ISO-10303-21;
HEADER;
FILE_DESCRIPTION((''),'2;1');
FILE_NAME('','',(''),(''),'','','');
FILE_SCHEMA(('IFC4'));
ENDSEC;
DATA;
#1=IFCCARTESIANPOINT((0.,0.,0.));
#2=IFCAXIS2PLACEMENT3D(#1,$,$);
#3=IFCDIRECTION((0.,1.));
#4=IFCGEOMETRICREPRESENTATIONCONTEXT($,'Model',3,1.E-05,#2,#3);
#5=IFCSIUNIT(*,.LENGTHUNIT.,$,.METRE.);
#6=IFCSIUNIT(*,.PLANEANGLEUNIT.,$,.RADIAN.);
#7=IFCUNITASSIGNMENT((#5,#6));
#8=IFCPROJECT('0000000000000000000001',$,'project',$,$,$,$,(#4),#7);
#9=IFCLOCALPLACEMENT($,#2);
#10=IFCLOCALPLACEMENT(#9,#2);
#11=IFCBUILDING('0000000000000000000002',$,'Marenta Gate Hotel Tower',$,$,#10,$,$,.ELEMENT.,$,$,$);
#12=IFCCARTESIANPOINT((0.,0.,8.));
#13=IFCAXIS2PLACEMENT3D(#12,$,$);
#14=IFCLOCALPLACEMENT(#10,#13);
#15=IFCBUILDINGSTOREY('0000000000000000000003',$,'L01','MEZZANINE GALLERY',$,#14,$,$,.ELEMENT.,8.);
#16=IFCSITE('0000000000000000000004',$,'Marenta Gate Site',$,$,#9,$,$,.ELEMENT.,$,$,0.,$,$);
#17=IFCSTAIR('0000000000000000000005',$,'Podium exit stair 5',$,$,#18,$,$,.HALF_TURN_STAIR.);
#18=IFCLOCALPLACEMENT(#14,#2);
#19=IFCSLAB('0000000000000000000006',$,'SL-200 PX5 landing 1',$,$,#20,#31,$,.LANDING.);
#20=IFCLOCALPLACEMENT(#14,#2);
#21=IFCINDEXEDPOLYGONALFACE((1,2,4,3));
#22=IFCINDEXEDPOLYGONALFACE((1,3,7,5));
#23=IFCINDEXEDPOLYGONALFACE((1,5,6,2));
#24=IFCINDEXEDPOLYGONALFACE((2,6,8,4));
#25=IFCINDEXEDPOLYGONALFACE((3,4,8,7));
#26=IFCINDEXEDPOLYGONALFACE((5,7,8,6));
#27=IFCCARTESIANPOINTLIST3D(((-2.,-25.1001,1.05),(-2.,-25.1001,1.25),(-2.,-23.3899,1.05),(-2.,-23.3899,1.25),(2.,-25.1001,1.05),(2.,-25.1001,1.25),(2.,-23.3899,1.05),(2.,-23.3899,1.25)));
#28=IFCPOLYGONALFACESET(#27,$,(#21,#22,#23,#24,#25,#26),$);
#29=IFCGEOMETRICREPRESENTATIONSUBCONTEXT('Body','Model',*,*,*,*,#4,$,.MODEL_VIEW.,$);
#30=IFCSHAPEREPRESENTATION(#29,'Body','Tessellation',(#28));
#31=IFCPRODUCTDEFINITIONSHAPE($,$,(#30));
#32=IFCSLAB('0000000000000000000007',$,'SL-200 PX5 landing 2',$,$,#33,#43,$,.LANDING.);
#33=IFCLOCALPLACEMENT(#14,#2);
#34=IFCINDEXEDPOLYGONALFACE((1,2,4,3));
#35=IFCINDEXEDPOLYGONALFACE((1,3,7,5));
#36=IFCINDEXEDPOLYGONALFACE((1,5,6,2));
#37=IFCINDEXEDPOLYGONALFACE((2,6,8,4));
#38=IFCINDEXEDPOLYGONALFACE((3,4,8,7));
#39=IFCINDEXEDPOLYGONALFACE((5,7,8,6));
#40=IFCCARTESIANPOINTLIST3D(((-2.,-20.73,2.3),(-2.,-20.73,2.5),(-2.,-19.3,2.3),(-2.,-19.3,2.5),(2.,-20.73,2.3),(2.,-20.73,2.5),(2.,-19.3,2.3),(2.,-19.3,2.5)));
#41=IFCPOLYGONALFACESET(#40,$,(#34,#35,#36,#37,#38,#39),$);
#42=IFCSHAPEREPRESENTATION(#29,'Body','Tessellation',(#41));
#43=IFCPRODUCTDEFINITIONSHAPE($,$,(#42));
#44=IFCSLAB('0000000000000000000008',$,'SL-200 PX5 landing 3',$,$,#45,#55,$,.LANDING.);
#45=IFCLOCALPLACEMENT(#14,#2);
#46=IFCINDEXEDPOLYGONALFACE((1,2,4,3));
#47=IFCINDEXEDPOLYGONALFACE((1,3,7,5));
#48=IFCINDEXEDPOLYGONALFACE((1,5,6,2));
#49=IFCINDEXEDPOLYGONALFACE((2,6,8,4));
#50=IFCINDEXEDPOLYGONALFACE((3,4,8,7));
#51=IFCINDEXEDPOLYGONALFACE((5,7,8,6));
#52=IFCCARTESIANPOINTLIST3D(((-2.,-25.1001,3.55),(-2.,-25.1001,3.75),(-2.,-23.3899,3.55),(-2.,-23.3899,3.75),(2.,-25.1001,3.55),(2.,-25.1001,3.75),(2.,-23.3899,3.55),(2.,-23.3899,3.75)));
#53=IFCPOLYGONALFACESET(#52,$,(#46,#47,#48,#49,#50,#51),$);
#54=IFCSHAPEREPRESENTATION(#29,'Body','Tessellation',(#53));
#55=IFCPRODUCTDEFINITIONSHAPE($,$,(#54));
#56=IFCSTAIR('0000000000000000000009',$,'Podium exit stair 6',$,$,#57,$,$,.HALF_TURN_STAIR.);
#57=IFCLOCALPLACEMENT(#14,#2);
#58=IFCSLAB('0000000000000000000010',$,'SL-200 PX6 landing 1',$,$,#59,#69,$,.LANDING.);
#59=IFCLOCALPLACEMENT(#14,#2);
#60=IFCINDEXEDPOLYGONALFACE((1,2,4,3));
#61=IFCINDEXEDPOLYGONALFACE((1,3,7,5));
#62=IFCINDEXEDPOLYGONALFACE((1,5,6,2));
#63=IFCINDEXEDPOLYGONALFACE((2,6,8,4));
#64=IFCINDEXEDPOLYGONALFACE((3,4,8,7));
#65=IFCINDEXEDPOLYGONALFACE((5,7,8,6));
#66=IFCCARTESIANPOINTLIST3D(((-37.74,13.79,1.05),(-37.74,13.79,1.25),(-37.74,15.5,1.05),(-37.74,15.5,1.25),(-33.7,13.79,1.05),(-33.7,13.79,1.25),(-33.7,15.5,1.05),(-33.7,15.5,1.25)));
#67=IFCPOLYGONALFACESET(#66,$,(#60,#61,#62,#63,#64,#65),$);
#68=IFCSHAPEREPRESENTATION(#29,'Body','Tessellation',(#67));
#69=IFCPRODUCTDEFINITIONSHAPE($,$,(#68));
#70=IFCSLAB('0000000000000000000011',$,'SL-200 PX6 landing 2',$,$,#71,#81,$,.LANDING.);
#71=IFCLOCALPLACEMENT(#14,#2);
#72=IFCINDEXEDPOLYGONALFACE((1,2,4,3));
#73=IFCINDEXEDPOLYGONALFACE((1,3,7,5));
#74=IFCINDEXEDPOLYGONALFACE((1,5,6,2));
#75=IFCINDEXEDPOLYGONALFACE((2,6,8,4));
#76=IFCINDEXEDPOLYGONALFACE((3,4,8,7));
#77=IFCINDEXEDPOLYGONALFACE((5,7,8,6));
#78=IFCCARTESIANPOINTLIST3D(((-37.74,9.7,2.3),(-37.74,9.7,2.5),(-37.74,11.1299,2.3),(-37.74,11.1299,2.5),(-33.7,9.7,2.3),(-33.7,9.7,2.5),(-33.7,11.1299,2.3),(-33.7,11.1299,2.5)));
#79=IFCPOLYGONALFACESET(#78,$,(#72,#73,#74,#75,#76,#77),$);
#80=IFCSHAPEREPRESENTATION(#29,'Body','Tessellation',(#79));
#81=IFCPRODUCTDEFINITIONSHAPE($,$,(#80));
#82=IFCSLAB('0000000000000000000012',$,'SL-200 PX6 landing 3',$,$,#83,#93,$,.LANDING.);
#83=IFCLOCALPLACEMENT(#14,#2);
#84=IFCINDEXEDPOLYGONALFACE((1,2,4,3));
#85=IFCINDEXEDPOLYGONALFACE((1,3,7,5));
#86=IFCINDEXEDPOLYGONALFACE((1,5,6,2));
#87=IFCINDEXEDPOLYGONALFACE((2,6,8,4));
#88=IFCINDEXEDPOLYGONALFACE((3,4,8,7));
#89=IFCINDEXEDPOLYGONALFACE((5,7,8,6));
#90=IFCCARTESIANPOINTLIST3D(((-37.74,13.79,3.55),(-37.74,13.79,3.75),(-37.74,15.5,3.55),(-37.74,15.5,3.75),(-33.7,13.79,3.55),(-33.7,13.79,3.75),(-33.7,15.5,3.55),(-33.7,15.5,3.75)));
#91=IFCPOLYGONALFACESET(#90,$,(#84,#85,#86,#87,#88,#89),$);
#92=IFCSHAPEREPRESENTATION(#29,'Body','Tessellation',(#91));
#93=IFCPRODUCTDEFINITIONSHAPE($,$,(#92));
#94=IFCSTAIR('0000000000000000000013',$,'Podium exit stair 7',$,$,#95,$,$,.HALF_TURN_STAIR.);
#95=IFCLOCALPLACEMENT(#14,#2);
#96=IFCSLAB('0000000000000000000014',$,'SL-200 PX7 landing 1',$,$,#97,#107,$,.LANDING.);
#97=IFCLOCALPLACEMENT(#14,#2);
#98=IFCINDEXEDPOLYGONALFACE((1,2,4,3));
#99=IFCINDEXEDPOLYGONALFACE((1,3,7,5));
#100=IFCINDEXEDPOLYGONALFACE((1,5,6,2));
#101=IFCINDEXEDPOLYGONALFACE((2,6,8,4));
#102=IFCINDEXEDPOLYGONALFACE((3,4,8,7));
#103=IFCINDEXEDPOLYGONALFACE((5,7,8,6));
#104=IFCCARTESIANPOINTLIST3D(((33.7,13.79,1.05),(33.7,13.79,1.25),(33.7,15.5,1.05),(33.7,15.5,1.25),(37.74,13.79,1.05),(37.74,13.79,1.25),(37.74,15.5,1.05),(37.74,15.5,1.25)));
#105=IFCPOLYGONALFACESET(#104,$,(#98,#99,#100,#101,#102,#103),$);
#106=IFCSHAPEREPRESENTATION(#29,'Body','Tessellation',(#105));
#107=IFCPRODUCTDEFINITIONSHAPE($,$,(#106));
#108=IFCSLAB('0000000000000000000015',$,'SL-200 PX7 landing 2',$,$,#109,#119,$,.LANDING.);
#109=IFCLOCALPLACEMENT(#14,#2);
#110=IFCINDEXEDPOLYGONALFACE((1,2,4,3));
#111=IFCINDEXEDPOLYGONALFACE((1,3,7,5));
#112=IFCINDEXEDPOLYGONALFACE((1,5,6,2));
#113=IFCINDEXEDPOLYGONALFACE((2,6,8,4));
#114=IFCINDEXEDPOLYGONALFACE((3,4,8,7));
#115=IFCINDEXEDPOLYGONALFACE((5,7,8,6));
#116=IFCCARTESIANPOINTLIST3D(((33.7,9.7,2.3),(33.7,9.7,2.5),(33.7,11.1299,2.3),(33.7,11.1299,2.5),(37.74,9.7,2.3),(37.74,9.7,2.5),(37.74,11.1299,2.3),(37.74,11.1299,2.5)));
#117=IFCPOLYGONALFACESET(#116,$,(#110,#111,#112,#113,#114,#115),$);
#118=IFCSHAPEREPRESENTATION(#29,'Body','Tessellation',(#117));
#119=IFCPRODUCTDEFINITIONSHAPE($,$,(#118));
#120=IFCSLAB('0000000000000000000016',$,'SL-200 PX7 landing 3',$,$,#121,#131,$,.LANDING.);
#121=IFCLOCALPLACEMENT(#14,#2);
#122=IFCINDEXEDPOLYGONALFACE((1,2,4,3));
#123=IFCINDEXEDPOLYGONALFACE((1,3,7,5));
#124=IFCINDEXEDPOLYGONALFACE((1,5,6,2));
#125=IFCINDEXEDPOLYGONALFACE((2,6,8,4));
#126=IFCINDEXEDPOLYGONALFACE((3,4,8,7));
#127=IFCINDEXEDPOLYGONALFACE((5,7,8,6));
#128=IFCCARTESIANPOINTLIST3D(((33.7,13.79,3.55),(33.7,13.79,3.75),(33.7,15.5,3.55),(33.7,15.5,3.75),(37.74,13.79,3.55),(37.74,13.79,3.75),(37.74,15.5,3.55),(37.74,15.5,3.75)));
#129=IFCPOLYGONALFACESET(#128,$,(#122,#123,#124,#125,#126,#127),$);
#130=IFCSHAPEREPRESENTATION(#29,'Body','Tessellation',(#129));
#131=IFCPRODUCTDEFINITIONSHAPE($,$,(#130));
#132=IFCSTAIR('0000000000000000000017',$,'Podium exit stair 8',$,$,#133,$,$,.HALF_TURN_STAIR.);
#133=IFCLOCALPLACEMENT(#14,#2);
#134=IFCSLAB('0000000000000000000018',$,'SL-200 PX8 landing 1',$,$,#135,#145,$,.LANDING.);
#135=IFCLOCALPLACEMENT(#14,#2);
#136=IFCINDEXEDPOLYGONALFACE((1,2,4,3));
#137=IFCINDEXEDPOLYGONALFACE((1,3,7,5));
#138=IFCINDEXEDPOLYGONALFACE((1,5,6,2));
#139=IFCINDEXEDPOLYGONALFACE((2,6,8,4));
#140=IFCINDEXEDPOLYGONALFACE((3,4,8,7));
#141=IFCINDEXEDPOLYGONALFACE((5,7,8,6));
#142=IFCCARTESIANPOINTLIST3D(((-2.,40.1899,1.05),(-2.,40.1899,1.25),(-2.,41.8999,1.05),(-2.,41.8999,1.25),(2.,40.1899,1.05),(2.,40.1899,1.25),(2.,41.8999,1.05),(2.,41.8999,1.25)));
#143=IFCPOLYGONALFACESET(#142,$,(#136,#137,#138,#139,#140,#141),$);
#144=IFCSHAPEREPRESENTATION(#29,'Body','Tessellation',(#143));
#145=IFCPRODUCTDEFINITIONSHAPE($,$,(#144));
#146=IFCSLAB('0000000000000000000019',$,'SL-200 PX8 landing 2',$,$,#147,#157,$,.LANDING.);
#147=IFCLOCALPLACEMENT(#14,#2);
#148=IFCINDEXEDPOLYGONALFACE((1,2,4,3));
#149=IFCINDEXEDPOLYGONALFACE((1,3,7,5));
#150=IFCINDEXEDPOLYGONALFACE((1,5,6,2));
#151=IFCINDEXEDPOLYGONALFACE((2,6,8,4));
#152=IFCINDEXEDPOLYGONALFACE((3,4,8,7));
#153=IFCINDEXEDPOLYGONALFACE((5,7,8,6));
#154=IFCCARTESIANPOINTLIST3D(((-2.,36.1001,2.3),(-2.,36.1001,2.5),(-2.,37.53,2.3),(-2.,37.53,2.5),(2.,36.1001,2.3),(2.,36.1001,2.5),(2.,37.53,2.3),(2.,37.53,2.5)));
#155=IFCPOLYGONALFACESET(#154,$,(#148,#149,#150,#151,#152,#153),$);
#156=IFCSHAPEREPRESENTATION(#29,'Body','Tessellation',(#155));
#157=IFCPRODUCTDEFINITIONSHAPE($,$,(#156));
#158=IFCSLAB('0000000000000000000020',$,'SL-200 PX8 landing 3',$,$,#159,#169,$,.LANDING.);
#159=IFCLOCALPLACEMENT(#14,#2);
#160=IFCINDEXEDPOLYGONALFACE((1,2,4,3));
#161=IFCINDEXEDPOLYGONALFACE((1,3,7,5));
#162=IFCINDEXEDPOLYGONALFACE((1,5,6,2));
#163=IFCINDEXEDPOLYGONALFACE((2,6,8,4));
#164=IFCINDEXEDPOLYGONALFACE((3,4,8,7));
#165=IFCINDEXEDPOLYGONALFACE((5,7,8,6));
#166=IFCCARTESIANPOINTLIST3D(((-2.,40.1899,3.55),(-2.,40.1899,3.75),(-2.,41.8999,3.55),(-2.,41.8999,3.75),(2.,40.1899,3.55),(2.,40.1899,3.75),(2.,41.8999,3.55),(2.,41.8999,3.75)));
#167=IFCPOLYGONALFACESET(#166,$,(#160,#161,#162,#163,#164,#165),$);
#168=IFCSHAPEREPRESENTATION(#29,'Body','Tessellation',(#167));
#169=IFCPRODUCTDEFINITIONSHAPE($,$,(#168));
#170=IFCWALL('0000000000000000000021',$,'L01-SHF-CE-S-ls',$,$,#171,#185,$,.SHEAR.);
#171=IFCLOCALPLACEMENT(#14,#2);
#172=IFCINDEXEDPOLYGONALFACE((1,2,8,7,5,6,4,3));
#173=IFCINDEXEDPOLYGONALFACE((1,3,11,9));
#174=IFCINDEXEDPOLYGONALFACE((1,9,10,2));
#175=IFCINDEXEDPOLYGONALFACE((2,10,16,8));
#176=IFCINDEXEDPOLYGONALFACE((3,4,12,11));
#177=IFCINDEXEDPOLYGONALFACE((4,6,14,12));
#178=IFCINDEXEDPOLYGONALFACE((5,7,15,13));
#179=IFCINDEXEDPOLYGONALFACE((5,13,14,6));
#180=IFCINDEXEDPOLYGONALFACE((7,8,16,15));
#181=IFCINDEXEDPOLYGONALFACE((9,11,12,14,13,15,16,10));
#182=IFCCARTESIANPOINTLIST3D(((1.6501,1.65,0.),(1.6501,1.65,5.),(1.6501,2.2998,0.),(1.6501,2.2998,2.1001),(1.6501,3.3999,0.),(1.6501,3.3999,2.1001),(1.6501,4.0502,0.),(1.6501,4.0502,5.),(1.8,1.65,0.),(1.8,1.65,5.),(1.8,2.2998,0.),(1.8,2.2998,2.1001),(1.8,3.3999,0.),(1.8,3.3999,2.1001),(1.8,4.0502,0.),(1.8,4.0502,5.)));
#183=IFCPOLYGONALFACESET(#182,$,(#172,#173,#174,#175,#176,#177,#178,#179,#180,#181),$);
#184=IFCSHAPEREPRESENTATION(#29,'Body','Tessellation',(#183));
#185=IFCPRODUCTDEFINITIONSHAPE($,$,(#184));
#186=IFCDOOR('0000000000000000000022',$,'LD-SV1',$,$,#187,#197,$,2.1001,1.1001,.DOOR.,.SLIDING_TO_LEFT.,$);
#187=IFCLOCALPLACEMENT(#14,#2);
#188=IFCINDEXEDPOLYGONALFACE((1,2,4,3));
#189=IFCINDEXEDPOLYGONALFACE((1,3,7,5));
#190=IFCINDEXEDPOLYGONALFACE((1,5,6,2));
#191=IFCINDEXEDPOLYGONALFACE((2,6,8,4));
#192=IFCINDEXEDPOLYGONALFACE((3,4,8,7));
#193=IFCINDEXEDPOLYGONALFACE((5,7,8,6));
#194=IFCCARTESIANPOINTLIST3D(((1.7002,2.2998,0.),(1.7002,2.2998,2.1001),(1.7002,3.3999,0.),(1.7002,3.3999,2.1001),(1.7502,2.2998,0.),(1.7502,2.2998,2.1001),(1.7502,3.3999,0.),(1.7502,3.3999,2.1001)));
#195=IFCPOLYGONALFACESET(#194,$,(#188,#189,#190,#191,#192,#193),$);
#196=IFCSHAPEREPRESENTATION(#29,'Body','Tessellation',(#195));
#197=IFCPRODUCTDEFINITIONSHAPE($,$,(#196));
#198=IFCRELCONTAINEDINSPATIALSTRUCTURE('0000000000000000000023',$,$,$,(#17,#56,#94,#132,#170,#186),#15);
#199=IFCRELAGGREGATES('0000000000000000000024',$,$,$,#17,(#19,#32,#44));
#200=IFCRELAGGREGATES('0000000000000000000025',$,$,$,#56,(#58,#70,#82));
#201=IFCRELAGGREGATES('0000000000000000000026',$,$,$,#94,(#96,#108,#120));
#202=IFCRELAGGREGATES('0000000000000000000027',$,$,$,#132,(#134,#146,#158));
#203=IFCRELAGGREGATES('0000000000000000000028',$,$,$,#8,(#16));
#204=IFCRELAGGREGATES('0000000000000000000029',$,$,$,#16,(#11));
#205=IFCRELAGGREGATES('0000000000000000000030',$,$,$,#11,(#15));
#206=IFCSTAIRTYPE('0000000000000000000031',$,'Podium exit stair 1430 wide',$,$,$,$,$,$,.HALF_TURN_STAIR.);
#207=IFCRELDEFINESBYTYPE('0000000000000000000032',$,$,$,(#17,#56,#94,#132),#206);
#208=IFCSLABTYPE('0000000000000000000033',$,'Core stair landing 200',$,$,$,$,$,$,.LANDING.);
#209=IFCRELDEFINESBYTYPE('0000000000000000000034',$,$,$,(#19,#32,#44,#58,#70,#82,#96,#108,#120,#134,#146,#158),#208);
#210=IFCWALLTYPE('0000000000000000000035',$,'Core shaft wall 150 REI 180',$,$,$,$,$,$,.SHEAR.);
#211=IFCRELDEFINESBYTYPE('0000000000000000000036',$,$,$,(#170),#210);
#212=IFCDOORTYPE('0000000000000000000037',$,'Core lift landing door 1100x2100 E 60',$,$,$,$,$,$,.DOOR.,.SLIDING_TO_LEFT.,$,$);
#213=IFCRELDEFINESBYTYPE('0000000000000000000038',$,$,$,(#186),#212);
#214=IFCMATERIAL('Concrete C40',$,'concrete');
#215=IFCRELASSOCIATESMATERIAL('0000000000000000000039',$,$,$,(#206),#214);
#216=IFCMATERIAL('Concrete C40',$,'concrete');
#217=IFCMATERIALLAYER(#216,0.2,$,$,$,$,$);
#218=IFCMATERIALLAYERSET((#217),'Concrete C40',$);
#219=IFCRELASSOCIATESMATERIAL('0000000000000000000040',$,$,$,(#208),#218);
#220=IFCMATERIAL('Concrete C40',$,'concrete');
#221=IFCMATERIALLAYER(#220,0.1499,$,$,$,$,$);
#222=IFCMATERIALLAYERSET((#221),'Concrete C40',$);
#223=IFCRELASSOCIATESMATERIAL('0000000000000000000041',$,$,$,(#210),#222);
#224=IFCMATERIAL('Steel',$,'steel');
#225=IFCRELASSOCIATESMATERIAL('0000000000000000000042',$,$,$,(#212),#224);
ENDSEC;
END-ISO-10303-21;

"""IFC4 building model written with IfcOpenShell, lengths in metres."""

from ifc_helpers import new_model, si_unit, direction, frame, frame_2d, origin, place, context, subcontext, project, spatial, polyline, rectangle, outline, extrude, material, layer, layer_set, type_object, element, fill, aggregate, save


model = new_model("IFC4")

# Units and contexts
model_context = context("Model", 3, precision=1e-05, world=origin(), true_north=direction((0.0, 1.0)))
body_context = subcontext(model_context, "Body", "Model", "MODEL_VIEW")
ifc_project = project(units=[si_unit("LENGTHUNIT", "METRE"), si_unit("PLANEANGLEUNIT", "RADIAN")], contexts=[model_context])

# Site, building, storey
site_placement = place(None, origin())
site = spatial("IfcSite", under=ifc_project, at=site_placement, Name="Marenta Gate Site", CompositionType="ELEMENT", RefElevation=0.0)
building_placement = place(site_placement, origin())
building = spatial("IfcBuilding", under=site, at=building_placement, Name="Marenta Gate Hotel Tower", CompositionType="ELEMENT")
storey_placement = place(building_placement, frame((0.0, 0.0, 8.0)))
storey = spatial("IfcBuildingStorey", under=building, at=storey_placement, Name="L01", Description="MEZZANINE GALLERY", CompositionType="ELEMENT", Elevation=8.0)

# Stairs, slabs
ifc_material_1 = material(Name="Concrete C40", Category="concrete")
stair_type_1 = type_object("IfcStairType", Name="Podium exit stair 1430 wide", PredefinedType="HALF_TURN_STAIR", material=ifc_material_1)
stair_1_placement = place(storey_placement, origin())
stair_1 = element("IfcStair", 1, at=stair_1_placement, inside=storey, type_object=stair_type_1, Name="Podium exit stair 5", PredefinedType="HALF_TURN_STAIR")
ifc_material_2 = material(Name="Concrete C40", Category="concrete")
ifc_layer_1 = layer(ifc_material_2, 0.2)
ifc_layer_set_1 = layer_set([ifc_layer_1], Name="Concrete C40")
slab_type = type_object("IfcSlabType", Name="Core stair landing 200", PredefinedType="LANDING", material=ifc_layer_set_1)
slab_1_placement = place(storey_placement, frame((0.0, 0.0, 1.05)))
slab_1 = element("IfcSlab", 2, at=slab_1_placement, type_object=slab_type, Name="SL-200 PX5 landing 1", PredefinedType="LANDING", context=body_context, shape_type="SweptSolid", body=[
    extrude(outline(polyline([(-2.0, -25.1001), (2.0, -25.1001), (2.0, -23.3899), (-2.0, -23.3899), (-2.0, -25.1001)])), origin(), (0.0, 0.0, 1.0), 0.2),
])
slab_2_placement = place(storey_placement, frame((0.0, 0.0, 2.3)))
slab_2 = element("IfcSlab", 3, at=slab_2_placement, type_object=slab_type, Name="SL-200 PX5 landing 2", PredefinedType="LANDING", context=body_context, shape_type="SweptSolid", body=[
    extrude(outline(polyline([(-2.0, -20.73), (2.0, -20.73), (2.0, -19.3), (-2.0, -19.3), (-2.0, -20.73)])), origin(), (0.0, 0.0, 1.0), 0.2),
])
slab_3_placement = place(storey_placement, frame((0.0, 0.0, 3.55)))
slab_3 = element("IfcSlab", 4, at=slab_3_placement, type_object=slab_type, Name="SL-200 PX5 landing 3", PredefinedType="LANDING", context=body_context, shape_type="SweptSolid", body=[
    extrude(outline(polyline([(-2.0, -25.1001), (2.0, -25.1001), (2.0, -23.3899), (-2.0, -23.3899), (-2.0, -25.1001)])), origin(), (0.0, 0.0, 1.0), 0.2),
])
aggregate(stair_1, [slab_1, slab_2, slab_3])
stair_2_placement = place(storey_placement, origin())
stair_2 = element("IfcStair", 5, at=stair_2_placement, inside=storey, type_object=stair_type_1, Name="Podium exit stair 6", PredefinedType="HALF_TURN_STAIR")
slab_4_placement = place(storey_placement, frame((0.0, 0.0, 1.05)))
slab_4 = element("IfcSlab", 6, at=slab_4_placement, type_object=slab_type, Name="SL-200 PX6 landing 1", PredefinedType="LANDING", context=body_context, shape_type="SweptSolid", body=[
    extrude(outline(polyline([(-37.74, 13.79), (-33.7, 13.79), (-33.7, 15.5), (-37.74, 15.5), (-37.74, 13.79)])), origin(), (0.0, 0.0, 1.0), 0.2),
])
slab_5_placement = place(storey_placement, frame((0.0, 0.0, 2.3)))
slab_5 = element("IfcSlab", 7, at=slab_5_placement, type_object=slab_type, Name="SL-200 PX6 landing 2", PredefinedType="LANDING", context=body_context, shape_type="SweptSolid", body=[
    extrude(outline(polyline([(-37.74, 9.7), (-33.7, 9.7), (-33.7, 11.1299), (-37.74, 11.1299), (-37.74, 9.7)])), origin(), (0.0, 0.0, 1.0), 0.2),
])
slab_6_placement = place(storey_placement, frame((0.0, 0.0, 3.55)))
slab_6 = element("IfcSlab", 8, at=slab_6_placement, type_object=slab_type, Name="SL-200 PX6 landing 3", PredefinedType="LANDING", context=body_context, shape_type="SweptSolid", body=[
    extrude(outline(polyline([(-37.74, 13.79), (-33.7, 13.79), (-33.7, 15.5), (-37.74, 15.5), (-37.74, 13.79)])), origin(), (0.0, 0.0, 1.0), 0.2),
])
aggregate(stair_2, [slab_4, slab_5, slab_6])
stair_3_placement = place(storey_placement, origin())
stair_3 = element("IfcStair", 9, at=stair_3_placement, inside=storey, type_object=stair_type_1, Name="Podium exit stair 7", PredefinedType="HALF_TURN_STAIR")
slab_7_placement = place(storey_placement, frame((0.0, 0.0, 1.05)))
slab_7 = element("IfcSlab", 10, at=slab_7_placement, type_object=slab_type, Name="SL-200 PX7 landing 1", PredefinedType="LANDING", context=body_context, shape_type="SweptSolid", body=[
    extrude(outline(polyline([(33.7, 13.79), (37.74, 13.79), (37.74, 15.5), (33.7, 15.5), (33.7, 13.79)])), origin(), (0.0, 0.0, 1.0), 0.2),
])
slab_8_placement = place(storey_placement, frame((0.0, 0.0, 2.3)))
slab_8 = element("IfcSlab", 11, at=slab_8_placement, type_object=slab_type, Name="SL-200 PX7 landing 2", PredefinedType="LANDING", context=body_context, shape_type="SweptSolid", body=[
    extrude(outline(polyline([(33.7, 9.7), (37.74, 9.7), (37.74, 11.1299), (33.7, 11.1299), (33.7, 9.7)])), origin(), (0.0, 0.0, 1.0), 0.2),
])
slab_9_placement = place(storey_placement, frame((0.0, 0.0, 3.55)))
slab_9 = element("IfcSlab", 12, at=slab_9_placement, type_object=slab_type, Name="SL-200 PX7 landing 3", PredefinedType="LANDING", context=body_context, shape_type="SweptSolid", body=[
    extrude(outline(polyline([(33.7, 13.79), (37.74, 13.79), (37.74, 15.5), (33.7, 15.5), (33.7, 13.79)])), origin(), (0.0, 0.0, 1.0), 0.2),
])
aggregate(stair_3, [slab_7, slab_8, slab_9])
stair_4_placement = place(storey_placement, origin())
stair_4 = element("IfcStair", 13, at=stair_4_placement, inside=storey, type_object=stair_type_1, Name="Podium exit stair 8", PredefinedType="HALF_TURN_STAIR")
slab_10_placement = place(storey_placement, frame((0.0, 0.0, 1.05)))
slab_10 = element("IfcSlab", 14, at=slab_10_placement, type_object=slab_type, Name="SL-200 PX8 landing 1", PredefinedType="LANDING", context=body_context, shape_type="SweptSolid", body=[
    extrude(outline(polyline([(-2.0, 40.1899), (2.0, 40.1899), (2.0, 41.8999), (-2.0, 41.8999), (-2.0, 40.1899)])), origin(), (0.0, 0.0, 1.0), 0.2),
])
slab_11_placement = place(storey_placement, frame((0.0, 0.0, 2.3)))
slab_11 = element("IfcSlab", 15, at=slab_11_placement, type_object=slab_type, Name="SL-200 PX8 landing 2", PredefinedType="LANDING", context=body_context, shape_type="SweptSolid", body=[
    extrude(outline(polyline([(-2.0, 36.1001), (2.0, 36.1001), (2.0, 37.53), (-2.0, 37.53), (-2.0, 36.1001)])), origin(), (0.0, 0.0, 1.0), 0.2),
])
slab_12_placement = place(storey_placement, frame((0.0, 0.0, 3.55)))
slab_12 = element("IfcSlab", 16, at=slab_12_placement, type_object=slab_type, Name="SL-200 PX8 landing 3", PredefinedType="LANDING", context=body_context, shape_type="SweptSolid", body=[
    extrude(outline(polyline([(-2.0, 40.1899), (2.0, 40.1899), (2.0, 41.8999), (-2.0, 41.8999), (-2.0, 40.1899)])), origin(), (0.0, 0.0, 1.0), 0.2),
])
aggregate(stair_4, [slab_10, slab_11, slab_12])

# Wall, opening, door
ifc_material_3 = material(Name="Concrete C40", Category="concrete")
ifc_layer_2 = layer(ifc_material_3, 0.1499)
ifc_layer_set_2 = layer_set([ifc_layer_2], Name="Concrete C40")
wall_type_1 = type_object("IfcWallType", Name="Core shaft wall 150 REI 180", PredefinedType="SHEAR", material=ifc_layer_set_2)
wall_1_placement = place(storey_placement, frame((1.7251, 1.6499, 0.0), z_axis=(0.0, 0.0, 1.0), x_axis=(0.0, 1.0, 0.0)))
wall_1 = element("IfcWall", 17, at=wall_1_placement, inside=storey, type_object=wall_type_1, Name="L01-SHF-CE-S-ls", PredefinedType="SHEAR", context=body_context, shape_type="SweptSolid", body=[
    extrude(rectangle(XDim=2.4001, YDim=0.1499, at=frame_2d((1.2002, 0.0))), origin(), (0.0, 0.0, 1.0), 5.0),
])
opening_1_placement = place(wall_1_placement, frame((0.6499, 0.0, 0.0)))
opening_1 = element("IfcOpeningElement", 18, at=opening_1_placement, cuts=wall_1, PredefinedType="OPENING", context=body_context, shape_type="SweptSolid", body=[
    extrude(rectangle(XDim=1.1001, YDim=2.1001, at=frame_2d((0.55, 1.05))), frame((0.0, 0.075, 0.0), z_axis=(0.0, -1.0, 0.0), x_axis=(1.0, 0.0, 0.0)), (0.0, 0.0, 1.0), 0.1499),
])
ifc_material_4 = material(Name="Steel", Category="steel")
door_type_1 = type_object("IfcDoorType", Name="Core lift landing door 1100x2100 E 60", OperationType="SLIDING_TO_LEFT", PredefinedType="DOOR", material=ifc_material_4)
door_1_placement = place(opening_1_placement, origin())
door_1 = element("IfcDoor", 19, at=door_1_placement, inside=storey, type_object=door_type_1, Name="LD-SV1", OperationType="SLIDING_TO_LEFT", OverallHeight=2.1001, OverallWidth=1.1001, PredefinedType="DOOR", context=body_context, shape_type="SweptSolid", body=[
    extrude(rectangle(XDim=1.1001, YDim=2.1001, at=frame_2d((0.55, 1.05))), frame((0.0, 0.0249, 0.0), z_axis=(0.0, -1.0, 0.0), x_axis=(1.0, 0.0, 0.0)), (0.0, 0.0, 1.0), 0.05),
])
fill(opening_1, door_1)

save(model, "model.ifc")
